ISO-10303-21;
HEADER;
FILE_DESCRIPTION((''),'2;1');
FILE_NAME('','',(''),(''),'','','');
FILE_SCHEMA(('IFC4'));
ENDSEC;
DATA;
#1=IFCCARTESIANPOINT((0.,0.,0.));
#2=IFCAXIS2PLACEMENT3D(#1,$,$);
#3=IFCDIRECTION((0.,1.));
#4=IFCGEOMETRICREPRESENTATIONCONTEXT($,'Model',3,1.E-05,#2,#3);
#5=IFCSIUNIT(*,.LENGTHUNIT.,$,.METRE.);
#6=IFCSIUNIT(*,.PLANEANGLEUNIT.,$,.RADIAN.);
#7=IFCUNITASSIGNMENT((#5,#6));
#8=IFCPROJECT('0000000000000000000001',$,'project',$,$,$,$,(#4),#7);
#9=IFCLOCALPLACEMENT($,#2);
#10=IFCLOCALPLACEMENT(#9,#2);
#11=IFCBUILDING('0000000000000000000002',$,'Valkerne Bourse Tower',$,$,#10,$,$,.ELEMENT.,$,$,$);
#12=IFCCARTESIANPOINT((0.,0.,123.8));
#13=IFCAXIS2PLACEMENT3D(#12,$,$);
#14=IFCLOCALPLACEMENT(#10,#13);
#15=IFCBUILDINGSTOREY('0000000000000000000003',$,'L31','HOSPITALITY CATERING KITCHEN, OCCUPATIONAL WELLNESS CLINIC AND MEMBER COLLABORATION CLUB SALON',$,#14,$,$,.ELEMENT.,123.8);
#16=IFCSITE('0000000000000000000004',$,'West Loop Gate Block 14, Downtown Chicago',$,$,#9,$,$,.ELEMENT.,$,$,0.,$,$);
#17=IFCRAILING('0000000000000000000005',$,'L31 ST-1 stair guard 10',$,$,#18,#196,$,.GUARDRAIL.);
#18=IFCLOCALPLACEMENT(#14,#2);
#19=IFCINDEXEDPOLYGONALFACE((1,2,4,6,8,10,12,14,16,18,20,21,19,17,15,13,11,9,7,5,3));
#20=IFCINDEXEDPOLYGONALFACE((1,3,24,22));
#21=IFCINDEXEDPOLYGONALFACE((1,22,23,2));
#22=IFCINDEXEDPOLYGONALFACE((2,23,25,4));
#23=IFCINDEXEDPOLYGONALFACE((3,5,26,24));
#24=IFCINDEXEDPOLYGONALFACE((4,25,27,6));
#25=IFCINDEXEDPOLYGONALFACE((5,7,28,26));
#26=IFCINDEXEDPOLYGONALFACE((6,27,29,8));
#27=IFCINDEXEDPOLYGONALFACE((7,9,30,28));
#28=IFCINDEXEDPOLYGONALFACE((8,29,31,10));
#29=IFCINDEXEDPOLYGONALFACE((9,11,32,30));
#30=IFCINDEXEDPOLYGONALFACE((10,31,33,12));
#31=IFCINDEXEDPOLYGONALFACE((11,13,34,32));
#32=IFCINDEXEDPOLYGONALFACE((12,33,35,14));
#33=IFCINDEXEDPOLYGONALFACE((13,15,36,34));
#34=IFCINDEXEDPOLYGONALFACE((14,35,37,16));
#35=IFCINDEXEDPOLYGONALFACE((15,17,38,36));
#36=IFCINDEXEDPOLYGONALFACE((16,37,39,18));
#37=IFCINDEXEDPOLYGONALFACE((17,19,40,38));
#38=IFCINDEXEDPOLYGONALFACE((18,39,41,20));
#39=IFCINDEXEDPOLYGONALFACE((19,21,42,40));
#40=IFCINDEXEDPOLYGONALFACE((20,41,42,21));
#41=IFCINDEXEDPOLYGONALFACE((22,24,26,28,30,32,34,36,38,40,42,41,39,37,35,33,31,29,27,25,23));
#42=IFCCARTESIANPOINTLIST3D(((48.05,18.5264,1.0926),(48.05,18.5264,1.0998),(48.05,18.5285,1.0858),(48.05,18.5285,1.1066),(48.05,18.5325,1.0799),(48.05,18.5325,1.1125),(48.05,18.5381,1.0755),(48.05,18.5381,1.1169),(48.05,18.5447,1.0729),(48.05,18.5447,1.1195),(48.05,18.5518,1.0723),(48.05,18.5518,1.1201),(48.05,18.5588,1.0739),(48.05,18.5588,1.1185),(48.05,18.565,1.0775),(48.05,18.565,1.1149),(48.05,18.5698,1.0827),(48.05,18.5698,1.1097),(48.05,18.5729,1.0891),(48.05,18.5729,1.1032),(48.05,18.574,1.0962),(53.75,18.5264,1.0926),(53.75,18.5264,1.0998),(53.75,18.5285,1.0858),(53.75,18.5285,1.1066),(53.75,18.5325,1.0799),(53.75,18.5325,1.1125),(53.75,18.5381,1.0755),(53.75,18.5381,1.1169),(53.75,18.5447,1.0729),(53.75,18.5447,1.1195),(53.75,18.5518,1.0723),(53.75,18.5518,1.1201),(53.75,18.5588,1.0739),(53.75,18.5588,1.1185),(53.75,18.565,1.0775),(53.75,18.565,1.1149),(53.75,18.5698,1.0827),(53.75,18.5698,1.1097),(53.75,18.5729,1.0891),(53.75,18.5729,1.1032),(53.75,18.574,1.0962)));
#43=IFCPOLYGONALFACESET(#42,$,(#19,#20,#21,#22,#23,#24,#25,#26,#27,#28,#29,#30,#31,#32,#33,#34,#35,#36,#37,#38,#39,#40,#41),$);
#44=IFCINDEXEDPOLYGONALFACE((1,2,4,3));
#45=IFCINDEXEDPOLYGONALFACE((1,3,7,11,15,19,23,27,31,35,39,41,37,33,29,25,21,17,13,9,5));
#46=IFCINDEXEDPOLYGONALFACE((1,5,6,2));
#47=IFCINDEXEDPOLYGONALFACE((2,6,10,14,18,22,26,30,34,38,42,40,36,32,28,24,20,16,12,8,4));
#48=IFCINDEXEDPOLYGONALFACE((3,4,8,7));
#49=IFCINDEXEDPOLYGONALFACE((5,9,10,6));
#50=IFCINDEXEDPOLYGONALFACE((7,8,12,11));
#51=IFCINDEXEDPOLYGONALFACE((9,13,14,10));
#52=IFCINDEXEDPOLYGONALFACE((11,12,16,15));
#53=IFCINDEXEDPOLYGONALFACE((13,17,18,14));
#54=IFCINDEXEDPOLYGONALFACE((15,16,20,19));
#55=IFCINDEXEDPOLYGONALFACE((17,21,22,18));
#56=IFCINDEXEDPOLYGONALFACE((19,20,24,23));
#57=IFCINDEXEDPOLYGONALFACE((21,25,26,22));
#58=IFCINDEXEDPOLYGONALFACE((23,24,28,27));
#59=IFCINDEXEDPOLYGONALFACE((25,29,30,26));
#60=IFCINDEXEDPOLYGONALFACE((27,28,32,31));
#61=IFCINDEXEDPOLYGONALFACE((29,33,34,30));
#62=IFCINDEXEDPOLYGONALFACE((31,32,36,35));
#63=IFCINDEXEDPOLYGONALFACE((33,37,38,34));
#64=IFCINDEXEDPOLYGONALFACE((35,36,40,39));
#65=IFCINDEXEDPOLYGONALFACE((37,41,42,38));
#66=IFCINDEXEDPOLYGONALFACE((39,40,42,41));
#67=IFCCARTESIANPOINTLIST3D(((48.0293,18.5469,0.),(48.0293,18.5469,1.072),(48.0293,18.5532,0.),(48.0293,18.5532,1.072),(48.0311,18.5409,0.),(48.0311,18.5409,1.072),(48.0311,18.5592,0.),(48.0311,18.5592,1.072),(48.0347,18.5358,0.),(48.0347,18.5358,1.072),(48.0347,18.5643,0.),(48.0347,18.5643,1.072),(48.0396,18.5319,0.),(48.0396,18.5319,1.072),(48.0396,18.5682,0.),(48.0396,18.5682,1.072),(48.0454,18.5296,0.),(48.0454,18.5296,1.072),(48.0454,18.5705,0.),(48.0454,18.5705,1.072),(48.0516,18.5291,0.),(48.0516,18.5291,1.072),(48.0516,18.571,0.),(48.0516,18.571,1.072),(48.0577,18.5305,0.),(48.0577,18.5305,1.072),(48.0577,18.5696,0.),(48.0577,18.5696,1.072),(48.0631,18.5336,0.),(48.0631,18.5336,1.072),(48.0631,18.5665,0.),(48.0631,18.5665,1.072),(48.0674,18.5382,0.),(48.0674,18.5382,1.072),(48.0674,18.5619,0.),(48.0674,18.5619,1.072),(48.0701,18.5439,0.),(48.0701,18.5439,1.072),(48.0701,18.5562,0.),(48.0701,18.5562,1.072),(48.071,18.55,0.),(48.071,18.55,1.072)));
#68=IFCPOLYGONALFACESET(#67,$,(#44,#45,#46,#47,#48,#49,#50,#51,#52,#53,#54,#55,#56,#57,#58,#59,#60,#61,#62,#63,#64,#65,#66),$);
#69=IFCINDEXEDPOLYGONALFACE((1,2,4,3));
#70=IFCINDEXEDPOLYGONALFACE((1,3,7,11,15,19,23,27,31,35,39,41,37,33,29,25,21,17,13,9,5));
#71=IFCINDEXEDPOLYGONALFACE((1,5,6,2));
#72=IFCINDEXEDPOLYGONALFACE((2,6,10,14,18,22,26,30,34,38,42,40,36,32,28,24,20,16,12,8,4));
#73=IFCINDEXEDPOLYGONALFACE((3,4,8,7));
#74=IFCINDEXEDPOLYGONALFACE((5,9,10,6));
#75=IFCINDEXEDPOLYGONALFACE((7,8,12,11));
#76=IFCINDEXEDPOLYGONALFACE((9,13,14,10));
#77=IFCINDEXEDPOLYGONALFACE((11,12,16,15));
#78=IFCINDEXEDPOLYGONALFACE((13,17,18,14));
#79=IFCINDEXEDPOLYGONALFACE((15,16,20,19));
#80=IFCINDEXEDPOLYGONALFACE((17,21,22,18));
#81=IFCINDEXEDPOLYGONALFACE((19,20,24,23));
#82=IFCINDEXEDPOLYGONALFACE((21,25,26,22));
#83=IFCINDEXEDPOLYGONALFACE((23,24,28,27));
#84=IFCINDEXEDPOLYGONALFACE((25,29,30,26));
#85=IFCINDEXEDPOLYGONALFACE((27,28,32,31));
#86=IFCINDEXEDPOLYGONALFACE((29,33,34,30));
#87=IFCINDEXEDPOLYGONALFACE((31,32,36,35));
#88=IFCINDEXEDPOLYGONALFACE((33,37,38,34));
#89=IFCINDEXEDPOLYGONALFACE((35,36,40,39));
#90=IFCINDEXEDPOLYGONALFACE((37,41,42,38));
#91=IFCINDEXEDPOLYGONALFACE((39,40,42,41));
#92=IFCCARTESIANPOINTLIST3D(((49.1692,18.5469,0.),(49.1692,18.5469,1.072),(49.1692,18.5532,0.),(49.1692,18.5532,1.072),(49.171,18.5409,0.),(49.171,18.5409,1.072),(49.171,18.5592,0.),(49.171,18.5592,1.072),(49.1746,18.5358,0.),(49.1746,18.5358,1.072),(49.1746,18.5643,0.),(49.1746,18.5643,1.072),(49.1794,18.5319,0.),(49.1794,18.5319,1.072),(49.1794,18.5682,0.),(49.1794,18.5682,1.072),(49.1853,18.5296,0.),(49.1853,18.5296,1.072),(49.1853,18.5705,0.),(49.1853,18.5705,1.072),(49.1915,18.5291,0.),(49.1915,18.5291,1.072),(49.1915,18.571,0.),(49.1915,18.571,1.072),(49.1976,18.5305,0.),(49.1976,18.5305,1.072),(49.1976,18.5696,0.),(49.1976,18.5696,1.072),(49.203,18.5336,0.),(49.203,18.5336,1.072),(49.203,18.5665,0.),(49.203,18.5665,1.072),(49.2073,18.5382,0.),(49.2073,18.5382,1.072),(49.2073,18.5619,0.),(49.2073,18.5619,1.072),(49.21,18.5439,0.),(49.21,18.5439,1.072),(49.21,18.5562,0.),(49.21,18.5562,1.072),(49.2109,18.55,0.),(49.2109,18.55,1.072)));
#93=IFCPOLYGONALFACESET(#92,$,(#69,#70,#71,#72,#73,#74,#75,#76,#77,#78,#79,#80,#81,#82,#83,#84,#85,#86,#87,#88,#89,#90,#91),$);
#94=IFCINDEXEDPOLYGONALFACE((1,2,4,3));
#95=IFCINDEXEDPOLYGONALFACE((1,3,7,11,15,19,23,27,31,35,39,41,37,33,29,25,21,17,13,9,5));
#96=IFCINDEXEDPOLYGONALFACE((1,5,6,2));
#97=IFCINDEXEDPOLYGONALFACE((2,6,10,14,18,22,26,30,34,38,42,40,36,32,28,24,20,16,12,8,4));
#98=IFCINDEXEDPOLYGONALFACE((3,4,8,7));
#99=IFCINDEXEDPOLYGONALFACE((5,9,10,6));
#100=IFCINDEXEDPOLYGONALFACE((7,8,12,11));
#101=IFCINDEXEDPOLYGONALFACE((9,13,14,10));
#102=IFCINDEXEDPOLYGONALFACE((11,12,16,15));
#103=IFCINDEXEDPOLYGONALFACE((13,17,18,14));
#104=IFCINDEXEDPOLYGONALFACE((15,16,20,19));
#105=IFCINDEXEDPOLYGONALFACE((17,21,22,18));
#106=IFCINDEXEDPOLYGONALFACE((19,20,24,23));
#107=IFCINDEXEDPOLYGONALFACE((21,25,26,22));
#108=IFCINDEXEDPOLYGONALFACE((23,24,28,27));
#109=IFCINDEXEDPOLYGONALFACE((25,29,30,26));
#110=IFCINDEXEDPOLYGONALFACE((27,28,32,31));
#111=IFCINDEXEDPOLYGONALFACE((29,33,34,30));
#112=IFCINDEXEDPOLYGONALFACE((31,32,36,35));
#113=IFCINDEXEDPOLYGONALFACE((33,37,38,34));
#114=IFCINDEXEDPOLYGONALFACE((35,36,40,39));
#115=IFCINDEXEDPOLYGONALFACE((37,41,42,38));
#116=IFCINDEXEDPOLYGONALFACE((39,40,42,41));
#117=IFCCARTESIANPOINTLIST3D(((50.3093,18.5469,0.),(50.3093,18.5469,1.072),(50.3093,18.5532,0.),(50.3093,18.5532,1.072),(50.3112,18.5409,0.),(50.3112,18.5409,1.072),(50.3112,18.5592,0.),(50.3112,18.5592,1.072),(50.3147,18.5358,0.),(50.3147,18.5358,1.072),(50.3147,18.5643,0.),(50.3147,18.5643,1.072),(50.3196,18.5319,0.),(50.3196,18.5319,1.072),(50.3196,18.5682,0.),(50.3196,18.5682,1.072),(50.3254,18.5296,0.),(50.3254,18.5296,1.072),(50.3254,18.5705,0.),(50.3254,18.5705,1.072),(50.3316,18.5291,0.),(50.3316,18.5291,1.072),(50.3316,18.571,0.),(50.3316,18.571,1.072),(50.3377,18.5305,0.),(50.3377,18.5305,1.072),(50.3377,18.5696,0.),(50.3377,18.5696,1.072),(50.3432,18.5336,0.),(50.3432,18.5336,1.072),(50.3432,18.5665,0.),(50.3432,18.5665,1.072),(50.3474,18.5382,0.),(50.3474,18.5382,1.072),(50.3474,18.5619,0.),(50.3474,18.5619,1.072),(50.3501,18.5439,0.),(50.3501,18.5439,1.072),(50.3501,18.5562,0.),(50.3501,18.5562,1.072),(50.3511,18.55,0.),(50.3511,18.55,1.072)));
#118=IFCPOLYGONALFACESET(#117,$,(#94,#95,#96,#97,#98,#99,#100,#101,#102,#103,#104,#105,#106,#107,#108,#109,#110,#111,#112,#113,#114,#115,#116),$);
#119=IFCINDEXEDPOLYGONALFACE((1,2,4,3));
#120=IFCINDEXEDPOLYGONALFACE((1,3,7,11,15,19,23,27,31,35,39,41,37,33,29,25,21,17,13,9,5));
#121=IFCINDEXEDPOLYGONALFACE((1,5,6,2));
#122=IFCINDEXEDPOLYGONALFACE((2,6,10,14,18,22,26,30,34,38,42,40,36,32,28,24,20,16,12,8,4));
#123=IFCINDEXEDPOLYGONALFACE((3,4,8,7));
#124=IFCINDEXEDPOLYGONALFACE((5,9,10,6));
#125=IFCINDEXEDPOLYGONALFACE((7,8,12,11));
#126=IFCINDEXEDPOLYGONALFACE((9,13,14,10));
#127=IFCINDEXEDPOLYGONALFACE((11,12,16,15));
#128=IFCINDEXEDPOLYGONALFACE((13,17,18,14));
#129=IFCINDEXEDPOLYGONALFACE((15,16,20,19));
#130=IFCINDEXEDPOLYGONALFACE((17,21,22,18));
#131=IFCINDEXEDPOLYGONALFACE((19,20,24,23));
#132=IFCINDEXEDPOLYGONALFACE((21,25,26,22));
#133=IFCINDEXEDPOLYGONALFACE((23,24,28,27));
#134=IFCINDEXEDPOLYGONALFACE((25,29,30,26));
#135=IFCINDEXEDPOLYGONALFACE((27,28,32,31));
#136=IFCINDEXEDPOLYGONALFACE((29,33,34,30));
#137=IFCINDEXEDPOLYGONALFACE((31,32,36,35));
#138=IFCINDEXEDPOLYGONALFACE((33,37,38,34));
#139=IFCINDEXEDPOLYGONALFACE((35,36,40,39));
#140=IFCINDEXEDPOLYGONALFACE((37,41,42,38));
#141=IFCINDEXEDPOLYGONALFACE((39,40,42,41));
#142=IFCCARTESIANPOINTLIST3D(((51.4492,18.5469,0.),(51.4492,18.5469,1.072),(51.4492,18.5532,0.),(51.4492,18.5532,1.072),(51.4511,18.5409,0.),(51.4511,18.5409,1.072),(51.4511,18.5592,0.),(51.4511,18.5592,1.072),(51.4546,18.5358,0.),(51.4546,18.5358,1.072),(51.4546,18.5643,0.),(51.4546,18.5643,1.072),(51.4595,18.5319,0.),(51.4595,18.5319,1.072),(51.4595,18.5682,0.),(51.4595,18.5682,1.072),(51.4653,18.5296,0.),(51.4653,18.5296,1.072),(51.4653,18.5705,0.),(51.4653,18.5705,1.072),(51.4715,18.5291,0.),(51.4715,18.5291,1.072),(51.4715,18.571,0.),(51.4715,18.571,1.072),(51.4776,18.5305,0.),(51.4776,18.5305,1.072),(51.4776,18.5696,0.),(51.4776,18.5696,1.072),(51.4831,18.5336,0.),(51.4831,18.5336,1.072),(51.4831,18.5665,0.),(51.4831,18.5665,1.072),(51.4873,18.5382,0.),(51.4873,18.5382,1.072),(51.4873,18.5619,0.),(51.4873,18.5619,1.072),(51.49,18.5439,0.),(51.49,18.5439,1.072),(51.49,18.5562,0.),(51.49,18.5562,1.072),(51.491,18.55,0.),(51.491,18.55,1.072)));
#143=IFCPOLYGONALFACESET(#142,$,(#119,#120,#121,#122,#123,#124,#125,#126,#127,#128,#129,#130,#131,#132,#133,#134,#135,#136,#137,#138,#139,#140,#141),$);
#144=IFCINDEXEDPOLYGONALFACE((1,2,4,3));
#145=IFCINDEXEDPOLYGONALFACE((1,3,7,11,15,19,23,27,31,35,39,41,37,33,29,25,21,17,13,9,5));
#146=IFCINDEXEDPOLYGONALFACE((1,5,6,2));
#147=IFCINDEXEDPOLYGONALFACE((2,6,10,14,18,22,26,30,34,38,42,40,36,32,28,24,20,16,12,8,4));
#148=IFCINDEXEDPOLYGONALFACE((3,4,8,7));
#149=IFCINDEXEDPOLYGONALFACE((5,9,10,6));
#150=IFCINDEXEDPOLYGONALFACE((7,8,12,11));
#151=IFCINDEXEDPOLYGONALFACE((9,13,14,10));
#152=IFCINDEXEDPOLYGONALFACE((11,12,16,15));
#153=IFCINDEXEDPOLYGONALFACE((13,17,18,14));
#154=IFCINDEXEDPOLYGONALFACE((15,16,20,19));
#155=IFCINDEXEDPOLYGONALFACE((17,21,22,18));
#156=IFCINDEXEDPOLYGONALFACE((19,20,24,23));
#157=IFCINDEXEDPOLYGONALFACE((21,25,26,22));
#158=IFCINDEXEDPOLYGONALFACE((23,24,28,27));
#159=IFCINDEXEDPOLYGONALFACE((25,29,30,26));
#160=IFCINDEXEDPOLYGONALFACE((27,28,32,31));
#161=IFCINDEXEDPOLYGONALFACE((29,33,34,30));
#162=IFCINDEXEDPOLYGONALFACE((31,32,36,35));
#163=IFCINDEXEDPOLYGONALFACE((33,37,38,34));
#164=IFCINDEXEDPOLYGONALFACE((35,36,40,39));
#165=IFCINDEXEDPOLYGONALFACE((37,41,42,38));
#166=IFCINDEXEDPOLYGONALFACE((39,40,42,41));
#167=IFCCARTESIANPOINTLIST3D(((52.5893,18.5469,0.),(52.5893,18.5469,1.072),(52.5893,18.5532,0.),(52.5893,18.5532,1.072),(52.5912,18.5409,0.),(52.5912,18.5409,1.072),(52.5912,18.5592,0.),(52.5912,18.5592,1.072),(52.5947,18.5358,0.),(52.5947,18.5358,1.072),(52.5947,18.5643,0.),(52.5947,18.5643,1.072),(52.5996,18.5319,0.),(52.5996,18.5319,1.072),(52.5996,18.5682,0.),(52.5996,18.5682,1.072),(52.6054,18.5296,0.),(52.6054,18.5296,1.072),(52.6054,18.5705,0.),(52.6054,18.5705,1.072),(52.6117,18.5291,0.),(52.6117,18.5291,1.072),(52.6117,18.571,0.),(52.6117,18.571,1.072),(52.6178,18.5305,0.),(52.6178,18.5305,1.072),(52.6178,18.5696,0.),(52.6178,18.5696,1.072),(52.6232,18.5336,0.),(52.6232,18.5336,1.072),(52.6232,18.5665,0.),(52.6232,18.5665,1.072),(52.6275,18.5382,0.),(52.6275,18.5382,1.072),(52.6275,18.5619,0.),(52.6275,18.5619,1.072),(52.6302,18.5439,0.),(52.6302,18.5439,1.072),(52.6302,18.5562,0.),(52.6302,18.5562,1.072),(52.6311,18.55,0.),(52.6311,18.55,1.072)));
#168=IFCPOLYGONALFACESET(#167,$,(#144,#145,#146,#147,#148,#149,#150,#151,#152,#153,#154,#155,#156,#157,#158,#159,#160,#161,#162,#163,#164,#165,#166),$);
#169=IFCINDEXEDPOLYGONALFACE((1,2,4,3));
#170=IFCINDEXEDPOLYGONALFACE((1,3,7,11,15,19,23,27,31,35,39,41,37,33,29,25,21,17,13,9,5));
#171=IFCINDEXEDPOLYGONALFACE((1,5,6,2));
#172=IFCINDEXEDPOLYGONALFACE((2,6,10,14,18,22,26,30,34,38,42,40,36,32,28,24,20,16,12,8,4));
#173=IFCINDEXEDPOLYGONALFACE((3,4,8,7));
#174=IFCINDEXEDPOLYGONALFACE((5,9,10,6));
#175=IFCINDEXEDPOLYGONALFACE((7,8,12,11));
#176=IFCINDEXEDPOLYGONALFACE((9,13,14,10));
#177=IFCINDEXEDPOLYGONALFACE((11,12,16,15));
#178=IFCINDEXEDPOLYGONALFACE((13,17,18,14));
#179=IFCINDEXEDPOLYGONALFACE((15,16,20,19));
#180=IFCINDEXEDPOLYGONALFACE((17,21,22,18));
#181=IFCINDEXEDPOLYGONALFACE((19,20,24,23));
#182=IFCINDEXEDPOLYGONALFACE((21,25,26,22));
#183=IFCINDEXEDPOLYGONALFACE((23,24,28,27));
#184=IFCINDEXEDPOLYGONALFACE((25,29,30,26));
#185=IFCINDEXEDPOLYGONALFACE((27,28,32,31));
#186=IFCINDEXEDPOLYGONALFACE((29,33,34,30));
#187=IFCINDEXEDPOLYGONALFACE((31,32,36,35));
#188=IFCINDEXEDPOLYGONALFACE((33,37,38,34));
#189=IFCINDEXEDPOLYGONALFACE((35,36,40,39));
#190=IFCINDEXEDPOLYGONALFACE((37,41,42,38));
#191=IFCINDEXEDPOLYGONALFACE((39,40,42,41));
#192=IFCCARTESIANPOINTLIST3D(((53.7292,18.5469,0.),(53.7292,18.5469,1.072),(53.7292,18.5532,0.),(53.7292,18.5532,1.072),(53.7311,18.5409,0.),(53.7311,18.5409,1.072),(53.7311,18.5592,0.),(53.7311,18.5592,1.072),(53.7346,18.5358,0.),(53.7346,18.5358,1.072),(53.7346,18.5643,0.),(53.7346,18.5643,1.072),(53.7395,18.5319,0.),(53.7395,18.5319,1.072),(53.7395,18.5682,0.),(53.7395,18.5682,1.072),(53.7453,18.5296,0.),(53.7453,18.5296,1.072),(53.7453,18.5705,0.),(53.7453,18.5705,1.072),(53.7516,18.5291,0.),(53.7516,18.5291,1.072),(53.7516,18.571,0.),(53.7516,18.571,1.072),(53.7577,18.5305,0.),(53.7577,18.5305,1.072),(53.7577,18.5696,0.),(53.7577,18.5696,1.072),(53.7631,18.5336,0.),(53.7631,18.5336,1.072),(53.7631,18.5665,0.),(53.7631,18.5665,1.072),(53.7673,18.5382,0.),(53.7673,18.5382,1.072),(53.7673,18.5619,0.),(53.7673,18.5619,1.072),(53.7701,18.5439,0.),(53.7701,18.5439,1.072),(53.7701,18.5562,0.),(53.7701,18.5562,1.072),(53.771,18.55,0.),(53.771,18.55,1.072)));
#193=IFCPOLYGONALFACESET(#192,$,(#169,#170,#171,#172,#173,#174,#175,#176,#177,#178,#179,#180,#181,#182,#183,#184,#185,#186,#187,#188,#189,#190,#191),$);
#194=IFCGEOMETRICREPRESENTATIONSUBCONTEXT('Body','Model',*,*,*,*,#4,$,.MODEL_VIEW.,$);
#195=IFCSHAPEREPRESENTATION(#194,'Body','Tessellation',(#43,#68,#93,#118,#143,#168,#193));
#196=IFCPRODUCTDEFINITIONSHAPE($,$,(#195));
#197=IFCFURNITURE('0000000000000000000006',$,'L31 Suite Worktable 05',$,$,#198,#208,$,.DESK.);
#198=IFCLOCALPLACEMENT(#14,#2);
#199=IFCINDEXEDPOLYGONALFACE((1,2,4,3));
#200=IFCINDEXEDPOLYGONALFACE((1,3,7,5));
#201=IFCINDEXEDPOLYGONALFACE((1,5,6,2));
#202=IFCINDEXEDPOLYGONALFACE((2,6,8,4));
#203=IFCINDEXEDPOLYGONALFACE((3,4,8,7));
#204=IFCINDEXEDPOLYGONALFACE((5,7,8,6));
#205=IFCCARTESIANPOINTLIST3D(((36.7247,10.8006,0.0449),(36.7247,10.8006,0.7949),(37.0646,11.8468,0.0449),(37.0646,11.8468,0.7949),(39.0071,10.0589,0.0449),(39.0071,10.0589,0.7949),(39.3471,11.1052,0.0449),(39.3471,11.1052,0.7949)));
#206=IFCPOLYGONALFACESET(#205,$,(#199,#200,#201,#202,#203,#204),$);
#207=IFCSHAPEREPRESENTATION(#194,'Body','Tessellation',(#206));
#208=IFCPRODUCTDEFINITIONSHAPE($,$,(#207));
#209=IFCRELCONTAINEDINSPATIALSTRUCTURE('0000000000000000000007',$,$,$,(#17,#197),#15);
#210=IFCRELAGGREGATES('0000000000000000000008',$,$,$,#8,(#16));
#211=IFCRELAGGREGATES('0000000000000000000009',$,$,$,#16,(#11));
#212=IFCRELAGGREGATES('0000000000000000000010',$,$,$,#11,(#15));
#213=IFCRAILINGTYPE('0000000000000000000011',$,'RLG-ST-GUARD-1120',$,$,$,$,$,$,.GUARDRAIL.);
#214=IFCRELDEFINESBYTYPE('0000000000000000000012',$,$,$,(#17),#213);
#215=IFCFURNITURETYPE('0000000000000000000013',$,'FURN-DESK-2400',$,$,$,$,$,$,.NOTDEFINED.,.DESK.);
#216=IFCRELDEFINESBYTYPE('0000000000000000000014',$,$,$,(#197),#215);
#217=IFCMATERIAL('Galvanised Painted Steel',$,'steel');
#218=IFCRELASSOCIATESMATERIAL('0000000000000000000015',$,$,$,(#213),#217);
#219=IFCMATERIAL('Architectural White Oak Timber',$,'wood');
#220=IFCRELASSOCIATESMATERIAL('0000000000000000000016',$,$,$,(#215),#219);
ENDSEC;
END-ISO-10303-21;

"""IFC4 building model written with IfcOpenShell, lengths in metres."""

from ifc_helpers import new_model, si_unit, direction, frame, origin, origin_2d, place, context, subcontext, project, spatial, rectangle, circle, extrude, material, type_object, element, save


model = new_model("IFC4")

# Units and contexts
model_context = context("Model", 3, precision=1e-05, world=origin(), true_north=direction((0.0, 1.0)))
body_context = subcontext(model_context, "Body", "Model", "MODEL_VIEW")
ifc_project = project(units=[si_unit("LENGTHUNIT", "METRE"), si_unit("PLANEANGLEUNIT", "RADIAN")], contexts=[model_context])

# Site, building, storey
site_placement = place(None, origin())
site = spatial("IfcSite", under=ifc_project, at=site_placement, Name="West Loop Gate Block 14, Downtown Chicago", CompositionType="ELEMENT", RefElevation=0.0)
building_placement = place(site_placement, origin())
building = spatial("IfcBuilding", under=site, at=building_placement, Name="Valkerne Bourse Tower", CompositionType="ELEMENT")
storey_placement = place(building_placement, frame((0.0, 0.0, 123.8)))
storey = spatial("IfcBuildingStorey", under=building, at=storey_placement, Name="L31", Description="HOSPITALITY CATERING KITCHEN, OCCUPATIONAL WELLNESS CLINIC AND MEMBER COLLABORATION CLUB SALON", CompositionType="ELEMENT", Elevation=123.8)

# Railing
ifc_material_1 = material(Name="Galvanised Painted Steel", Category="steel")
railing_type = type_object("IfcRailingType", Name="RLG-ST-GUARD-1120", PredefinedType="GUARDRAIL", material=ifc_material_1)
railing_placement = place(storey_placement, frame((48.05, 18.55, 0.0)))
element("IfcRailing", 1, at=railing_placement, inside=storey, type_object=railing_type, Name="L31 ST-1 stair guard 10", PredefinedType="GUARDRAIL", context=body_context, shape_type="SweptSolid", body=[
    extrude(circle(Radius=0.0239, at=origin_2d()), frame((0.0, 0.0, 1.0962), z_axis=(1.0, 0.0, 0.0), x_axis=(0.0, 1.0, 0.0)), (0.0, 0.0, 1.0), 5.7),
    extrude(circle(Radius=0.021, at=origin_2d()), origin(), (0.0, 0.0, 1.0), 1.072),
    extrude(circle(Radius=0.021, at=origin_2d()), frame((1.1399, 0.0, 0.0)), (0.0, 0.0, 1.0), 1.072),
    extrude(circle(Radius=0.021, at=origin_2d()), frame((2.28, 0.0, 0.0)), (0.0, 0.0, 1.0), 1.072),
    extrude(circle(Radius=0.021, at=origin_2d()), frame((3.4199, 0.0, 0.0)), (0.0, 0.0, 1.0), 1.072),
    extrude(circle(Radius=0.021, at=origin_2d()), frame((4.5601, 0.0, 0.0)), (0.0, 0.0, 1.0), 1.072),
    extrude(circle(Radius=0.021, at=origin_2d()), frame((5.7, 0.0, 0.0)), (0.0, 0.0, 1.0), 1.072),
])

# Furniture
ifc_material_2 = material(Name="Architectural White Oak Timber", Category="wood")
furniture_type = type_object("IfcFurnitureType", Name="FURN-DESK-2400", AssemblyPlace="NOTDEFINED", PredefinedType="DESK", material=ifc_material_2)
furniture_placement = place(storey_placement, frame((38.0359, 10.9529, 0.0449), z_axis=(0.0, 0.0, 1.0), x_axis=(-0.951057, 0.309017, 0.0)))
element("IfcFurniture", 2, at=furniture_placement, inside=storey, type_object=furniture_type, Name="L31 Suite Worktable 05", PredefinedType="DESK", context=body_context, shape_type="SweptSolid", body=[
    extrude(rectangle(XDim=2.3999, YDim=1.1001, at=origin_2d()), origin(), (0.0, 0.0, 1.0), 0.75),
])

save(model, "model.ifc")
